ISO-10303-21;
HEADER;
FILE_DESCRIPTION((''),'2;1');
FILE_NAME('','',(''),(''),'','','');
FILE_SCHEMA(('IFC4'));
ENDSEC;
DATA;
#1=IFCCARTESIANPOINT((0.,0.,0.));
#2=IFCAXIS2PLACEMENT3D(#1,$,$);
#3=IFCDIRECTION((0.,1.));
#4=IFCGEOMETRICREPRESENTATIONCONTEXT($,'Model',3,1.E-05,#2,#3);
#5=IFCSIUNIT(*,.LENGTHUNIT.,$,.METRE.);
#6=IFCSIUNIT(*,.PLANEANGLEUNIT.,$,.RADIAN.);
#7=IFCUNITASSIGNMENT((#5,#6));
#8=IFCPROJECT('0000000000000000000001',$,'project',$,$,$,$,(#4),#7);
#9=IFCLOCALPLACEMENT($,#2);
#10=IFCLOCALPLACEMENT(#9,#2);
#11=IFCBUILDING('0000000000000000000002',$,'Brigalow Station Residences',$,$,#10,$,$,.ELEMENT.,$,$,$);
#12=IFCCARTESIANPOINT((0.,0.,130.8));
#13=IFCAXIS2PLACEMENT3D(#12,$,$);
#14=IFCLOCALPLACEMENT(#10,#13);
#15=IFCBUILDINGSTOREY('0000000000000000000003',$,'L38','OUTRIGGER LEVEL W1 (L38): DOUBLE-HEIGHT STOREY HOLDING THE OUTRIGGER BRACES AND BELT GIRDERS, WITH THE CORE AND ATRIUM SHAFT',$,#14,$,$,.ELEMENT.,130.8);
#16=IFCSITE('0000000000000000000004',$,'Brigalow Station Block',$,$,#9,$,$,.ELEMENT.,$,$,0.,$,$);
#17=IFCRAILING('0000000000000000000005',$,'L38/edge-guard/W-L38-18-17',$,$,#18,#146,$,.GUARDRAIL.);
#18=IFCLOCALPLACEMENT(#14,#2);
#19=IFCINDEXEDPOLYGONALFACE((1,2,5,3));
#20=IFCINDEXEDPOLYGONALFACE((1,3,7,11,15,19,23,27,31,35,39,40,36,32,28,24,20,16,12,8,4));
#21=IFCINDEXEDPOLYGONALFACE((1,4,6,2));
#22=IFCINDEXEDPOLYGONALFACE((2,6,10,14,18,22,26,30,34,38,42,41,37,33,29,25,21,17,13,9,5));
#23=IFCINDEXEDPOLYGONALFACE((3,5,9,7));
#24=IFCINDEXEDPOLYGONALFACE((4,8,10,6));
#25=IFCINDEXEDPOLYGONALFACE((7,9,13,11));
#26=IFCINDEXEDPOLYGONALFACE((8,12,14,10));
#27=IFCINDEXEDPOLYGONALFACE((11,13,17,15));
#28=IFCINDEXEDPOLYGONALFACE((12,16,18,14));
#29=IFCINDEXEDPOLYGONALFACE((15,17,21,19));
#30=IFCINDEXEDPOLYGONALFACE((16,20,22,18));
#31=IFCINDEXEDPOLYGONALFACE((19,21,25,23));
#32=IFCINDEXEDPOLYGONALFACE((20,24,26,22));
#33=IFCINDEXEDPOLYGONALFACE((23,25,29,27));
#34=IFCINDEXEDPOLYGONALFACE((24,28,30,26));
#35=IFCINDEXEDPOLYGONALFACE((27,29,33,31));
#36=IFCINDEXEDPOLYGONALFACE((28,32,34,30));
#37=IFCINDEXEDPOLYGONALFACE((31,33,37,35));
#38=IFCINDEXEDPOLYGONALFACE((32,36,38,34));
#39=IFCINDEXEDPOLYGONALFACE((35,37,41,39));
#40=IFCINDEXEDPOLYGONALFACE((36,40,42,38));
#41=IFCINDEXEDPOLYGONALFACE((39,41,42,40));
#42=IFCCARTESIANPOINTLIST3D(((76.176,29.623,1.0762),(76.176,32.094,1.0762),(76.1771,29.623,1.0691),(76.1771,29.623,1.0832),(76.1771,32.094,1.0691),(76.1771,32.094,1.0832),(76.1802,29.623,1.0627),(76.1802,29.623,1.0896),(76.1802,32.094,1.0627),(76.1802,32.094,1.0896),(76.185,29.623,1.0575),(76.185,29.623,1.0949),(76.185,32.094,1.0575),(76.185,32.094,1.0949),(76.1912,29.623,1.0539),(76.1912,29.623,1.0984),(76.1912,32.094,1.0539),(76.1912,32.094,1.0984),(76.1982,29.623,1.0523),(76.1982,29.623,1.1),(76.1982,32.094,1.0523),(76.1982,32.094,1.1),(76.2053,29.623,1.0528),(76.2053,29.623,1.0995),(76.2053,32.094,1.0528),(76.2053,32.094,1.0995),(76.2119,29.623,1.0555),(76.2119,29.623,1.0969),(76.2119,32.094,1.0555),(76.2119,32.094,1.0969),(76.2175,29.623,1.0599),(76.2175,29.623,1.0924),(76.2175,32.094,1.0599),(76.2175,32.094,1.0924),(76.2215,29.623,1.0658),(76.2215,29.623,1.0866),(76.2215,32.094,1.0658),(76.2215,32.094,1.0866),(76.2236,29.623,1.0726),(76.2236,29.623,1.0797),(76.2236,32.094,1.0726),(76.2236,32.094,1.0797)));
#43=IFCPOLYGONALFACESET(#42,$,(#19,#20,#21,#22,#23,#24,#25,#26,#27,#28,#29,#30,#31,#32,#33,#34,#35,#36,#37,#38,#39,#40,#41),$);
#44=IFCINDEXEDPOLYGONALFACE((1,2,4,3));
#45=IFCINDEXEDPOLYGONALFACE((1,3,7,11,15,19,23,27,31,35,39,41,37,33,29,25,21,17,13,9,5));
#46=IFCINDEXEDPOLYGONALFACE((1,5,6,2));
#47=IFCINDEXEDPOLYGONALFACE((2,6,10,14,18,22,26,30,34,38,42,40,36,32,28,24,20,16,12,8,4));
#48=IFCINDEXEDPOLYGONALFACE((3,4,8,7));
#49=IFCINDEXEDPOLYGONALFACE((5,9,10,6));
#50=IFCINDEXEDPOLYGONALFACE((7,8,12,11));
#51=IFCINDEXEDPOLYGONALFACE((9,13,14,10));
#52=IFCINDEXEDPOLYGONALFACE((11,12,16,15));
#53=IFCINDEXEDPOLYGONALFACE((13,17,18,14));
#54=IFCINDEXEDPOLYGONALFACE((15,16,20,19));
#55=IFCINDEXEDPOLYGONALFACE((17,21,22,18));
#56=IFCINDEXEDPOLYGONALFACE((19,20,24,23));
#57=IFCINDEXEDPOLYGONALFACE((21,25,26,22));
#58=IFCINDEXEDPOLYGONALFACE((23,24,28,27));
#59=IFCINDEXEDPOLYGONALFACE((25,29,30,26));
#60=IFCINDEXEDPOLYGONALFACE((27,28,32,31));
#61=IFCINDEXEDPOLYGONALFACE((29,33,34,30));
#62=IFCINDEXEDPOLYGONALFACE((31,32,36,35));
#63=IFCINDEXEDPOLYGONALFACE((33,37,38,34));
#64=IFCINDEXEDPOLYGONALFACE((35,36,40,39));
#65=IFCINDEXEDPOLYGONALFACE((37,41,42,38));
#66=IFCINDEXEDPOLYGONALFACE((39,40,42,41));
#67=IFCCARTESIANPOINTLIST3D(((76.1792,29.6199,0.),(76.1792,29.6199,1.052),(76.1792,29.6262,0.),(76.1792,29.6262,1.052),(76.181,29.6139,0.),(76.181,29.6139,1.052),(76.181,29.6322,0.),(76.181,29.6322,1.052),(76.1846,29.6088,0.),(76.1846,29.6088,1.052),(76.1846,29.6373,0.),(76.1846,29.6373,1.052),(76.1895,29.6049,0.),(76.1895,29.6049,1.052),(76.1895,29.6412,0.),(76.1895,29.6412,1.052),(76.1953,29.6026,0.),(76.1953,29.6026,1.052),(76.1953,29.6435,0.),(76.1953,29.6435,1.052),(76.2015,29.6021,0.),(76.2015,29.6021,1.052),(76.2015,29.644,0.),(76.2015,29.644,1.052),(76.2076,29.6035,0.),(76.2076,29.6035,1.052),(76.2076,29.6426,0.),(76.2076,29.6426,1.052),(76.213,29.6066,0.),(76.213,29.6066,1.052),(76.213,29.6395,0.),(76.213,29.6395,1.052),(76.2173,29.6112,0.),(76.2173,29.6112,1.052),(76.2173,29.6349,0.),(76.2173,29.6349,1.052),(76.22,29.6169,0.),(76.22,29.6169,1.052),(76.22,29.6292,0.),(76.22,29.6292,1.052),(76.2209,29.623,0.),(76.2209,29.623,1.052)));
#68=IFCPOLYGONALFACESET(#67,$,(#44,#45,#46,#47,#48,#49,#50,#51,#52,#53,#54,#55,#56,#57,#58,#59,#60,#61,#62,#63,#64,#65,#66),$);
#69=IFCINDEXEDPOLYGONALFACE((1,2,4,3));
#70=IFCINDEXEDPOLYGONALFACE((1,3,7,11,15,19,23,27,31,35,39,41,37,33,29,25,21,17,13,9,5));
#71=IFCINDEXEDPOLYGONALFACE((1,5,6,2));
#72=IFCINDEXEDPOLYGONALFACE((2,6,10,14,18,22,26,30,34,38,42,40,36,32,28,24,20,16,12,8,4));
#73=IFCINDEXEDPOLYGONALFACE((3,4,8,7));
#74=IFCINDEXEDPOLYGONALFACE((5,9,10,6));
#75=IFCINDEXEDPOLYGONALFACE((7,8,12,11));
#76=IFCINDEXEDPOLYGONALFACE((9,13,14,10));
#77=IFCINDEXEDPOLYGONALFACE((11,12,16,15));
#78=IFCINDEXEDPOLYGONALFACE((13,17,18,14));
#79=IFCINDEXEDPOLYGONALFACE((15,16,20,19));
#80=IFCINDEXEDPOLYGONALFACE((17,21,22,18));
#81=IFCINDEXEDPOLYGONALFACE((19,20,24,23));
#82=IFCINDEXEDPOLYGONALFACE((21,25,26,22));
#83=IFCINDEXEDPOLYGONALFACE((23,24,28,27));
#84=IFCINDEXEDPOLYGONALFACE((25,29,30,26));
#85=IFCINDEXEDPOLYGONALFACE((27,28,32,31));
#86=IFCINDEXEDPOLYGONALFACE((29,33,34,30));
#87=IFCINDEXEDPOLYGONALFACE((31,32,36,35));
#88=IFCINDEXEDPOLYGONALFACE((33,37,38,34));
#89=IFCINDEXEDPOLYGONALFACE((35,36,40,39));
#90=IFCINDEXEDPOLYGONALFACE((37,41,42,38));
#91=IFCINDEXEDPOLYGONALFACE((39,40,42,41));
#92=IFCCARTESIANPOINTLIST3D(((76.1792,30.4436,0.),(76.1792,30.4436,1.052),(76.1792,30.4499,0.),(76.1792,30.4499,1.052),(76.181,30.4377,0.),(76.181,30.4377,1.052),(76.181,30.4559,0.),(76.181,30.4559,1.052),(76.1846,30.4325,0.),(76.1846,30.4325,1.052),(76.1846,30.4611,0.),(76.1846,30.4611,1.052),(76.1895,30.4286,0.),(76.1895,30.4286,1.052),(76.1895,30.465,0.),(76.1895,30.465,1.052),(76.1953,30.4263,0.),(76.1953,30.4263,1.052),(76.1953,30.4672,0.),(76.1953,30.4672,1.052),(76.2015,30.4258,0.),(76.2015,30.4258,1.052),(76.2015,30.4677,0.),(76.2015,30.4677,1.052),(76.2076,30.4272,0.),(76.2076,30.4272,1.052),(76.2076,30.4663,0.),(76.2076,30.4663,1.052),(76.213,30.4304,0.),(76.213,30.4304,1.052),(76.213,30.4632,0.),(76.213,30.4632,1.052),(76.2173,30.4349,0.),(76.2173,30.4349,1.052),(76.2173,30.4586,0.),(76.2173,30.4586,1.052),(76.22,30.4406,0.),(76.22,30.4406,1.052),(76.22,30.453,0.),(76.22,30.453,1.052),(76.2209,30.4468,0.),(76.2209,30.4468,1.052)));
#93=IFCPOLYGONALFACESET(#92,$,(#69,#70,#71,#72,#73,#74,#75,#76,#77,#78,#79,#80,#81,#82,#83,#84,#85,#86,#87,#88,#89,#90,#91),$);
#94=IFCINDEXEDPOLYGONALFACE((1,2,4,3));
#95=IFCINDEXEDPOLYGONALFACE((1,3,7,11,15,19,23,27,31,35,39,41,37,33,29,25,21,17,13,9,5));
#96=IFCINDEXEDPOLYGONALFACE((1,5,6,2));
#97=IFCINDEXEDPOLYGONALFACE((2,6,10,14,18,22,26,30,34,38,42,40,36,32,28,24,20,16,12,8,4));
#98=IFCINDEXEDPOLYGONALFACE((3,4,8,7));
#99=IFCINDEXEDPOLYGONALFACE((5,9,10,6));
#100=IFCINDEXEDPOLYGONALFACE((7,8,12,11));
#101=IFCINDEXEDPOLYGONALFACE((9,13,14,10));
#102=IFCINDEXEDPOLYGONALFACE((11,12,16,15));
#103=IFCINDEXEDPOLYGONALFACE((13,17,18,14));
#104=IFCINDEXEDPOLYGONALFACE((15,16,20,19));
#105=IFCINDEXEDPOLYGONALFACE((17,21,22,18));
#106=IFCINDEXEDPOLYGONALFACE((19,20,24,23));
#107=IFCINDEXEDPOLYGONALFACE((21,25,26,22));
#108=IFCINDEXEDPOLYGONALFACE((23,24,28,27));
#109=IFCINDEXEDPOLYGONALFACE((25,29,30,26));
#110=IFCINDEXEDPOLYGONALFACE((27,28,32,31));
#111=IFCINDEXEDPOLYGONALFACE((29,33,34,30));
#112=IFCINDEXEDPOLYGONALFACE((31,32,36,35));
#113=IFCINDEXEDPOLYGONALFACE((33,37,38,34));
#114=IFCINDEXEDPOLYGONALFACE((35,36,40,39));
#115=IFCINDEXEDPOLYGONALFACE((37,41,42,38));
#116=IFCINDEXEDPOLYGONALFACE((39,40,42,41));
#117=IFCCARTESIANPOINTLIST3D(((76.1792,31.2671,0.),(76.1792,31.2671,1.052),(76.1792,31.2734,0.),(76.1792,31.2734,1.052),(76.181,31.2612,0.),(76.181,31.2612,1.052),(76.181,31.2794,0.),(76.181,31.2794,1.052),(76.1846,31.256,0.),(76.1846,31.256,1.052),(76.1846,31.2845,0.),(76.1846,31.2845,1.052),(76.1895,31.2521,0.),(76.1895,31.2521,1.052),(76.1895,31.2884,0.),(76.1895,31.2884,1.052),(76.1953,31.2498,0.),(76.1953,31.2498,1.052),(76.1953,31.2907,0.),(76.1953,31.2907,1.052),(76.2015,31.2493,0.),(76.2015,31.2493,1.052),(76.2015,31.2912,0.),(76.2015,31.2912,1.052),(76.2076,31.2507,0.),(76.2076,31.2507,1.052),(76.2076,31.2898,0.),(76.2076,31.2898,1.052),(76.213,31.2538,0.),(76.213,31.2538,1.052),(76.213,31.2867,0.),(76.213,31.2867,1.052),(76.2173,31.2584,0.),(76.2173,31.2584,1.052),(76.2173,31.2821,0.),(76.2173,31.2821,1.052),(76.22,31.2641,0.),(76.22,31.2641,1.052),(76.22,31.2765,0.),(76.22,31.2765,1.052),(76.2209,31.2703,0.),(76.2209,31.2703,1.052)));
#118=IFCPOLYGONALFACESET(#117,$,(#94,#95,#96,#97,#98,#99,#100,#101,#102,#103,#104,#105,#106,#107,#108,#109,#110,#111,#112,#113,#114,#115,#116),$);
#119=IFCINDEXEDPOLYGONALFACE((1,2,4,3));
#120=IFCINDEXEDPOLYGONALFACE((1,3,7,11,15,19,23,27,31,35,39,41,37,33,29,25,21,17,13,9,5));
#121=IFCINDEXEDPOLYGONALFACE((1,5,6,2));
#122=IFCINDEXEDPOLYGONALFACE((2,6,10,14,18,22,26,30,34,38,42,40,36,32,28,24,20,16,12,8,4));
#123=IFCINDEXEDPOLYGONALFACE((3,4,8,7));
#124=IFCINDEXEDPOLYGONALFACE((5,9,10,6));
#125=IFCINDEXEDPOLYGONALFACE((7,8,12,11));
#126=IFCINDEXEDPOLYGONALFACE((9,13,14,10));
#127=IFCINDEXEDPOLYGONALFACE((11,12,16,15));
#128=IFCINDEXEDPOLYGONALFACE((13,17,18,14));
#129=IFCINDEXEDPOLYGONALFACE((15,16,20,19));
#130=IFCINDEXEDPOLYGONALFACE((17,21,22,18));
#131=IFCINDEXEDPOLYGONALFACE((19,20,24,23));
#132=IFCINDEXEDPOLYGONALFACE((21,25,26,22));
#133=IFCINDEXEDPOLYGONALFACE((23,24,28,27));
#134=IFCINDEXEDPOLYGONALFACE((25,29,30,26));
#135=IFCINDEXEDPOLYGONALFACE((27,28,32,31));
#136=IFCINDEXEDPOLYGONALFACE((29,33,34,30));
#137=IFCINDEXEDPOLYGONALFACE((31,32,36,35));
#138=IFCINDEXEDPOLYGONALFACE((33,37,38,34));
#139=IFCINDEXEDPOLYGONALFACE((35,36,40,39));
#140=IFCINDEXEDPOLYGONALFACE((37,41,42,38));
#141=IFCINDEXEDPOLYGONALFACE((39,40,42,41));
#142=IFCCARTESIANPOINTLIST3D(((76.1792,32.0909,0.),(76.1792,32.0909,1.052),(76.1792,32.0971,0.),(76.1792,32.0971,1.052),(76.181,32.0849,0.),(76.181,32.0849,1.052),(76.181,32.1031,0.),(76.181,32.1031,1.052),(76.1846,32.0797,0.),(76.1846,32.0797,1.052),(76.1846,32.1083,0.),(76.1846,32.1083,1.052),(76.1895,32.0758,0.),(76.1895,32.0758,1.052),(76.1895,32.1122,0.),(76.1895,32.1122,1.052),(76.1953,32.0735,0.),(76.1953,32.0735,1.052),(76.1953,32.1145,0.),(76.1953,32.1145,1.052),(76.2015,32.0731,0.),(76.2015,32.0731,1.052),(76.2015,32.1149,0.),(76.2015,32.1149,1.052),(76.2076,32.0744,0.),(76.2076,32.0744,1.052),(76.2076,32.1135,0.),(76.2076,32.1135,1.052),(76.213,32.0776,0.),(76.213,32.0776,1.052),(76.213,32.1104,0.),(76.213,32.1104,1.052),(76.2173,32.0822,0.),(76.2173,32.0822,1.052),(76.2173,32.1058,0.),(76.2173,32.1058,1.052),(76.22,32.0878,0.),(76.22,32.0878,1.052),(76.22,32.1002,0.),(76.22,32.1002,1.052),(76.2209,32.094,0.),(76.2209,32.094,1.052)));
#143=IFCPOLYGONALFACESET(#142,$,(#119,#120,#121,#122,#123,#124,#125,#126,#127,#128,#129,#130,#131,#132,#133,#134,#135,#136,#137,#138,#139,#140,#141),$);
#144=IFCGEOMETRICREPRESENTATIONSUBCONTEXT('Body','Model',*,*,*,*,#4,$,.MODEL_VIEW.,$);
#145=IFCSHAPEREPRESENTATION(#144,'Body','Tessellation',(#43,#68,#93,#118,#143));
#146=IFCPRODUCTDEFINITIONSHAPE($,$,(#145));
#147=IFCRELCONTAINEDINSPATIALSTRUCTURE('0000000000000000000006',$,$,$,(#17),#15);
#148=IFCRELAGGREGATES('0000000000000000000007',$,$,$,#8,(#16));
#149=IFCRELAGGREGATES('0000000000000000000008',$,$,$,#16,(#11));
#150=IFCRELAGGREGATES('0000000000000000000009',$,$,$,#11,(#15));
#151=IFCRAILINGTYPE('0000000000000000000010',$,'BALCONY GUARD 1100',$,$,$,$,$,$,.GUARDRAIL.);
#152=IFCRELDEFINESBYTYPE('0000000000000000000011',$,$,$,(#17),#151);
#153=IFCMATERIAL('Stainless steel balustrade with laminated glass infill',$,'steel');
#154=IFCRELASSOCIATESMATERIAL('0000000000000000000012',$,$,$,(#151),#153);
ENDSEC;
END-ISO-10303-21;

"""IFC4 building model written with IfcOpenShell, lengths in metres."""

from ifc_helpers import new_model, si_unit, direction, frame, origin, origin_2d, place, context, subcontext, project, spatial, circle, extrude, material, type_object, element, save


model = new_model("IFC4")

# Units and contexts
model_context = context("Model", 3, precision=1e-05, world=origin(), true_north=direction((0.0, 1.0)))
body_context = subcontext(model_context, "Body", "Model", "MODEL_VIEW")
ifc_project = project(units=[si_unit("LENGTHUNIT", "METRE"), si_unit("PLANEANGLEUNIT", "RADIAN")], contexts=[model_context])

# Site, building, storey
site_placement = place(None, origin())
site = spatial("IfcSite", under=ifc_project, at=site_placement, Name="Brigalow Station Block", CompositionType="ELEMENT", RefElevation=0.0)
building_placement = place(site_placement, origin())
building = spatial("IfcBuilding", under=site, at=building_placement, Name="Brigalow Station Residences", CompositionType="ELEMENT")
storey_placement = place(building_placement, frame((0.0, 0.0, 130.8)))
storey = spatial("IfcBuildingStorey", under=building, at=storey_placement, Name="L38", Description="OUTRIGGER LEVEL W1 (L38): DOUBLE-HEIGHT STOREY HOLDING THE OUTRIGGER BRACES AND BELT GIRDERS, WITH THE CORE AND ATRIUM SHAFT", CompositionType="ELEMENT", Elevation=130.8)

# Railing
ifc_material_1 = material(Name="Stainless steel balustrade with laminated glass infill", Category="steel")
railing_type_1 = type_object("IfcRailingType", Name="BALCONY GUARD 1100", PredefinedType="GUARDRAIL", material=ifc_material_1)
railing_1_placement = place(storey_placement, frame((76.2, 29.623, 0.0)))
element("IfcRailing", 1, at=railing_1_placement, inside=storey, type_object=railing_type_1, Name="L38/edge-guard/W-L38-18-17", PredefinedType="GUARDRAIL", context=body_context, shape_type="SweptSolid", body=[
    extrude(circle(Radius=0.0239, at=origin_2d()), frame((0.0, 0.0, 1.0762), z_axis=(0.0, 1.0, 0.0), x_axis=(-1.0, 0.0, 0.0)), (0.0, 0.0, 1.0), 2.4709),
    extrude(circle(Radius=0.021, at=origin_2d()), origin(), (0.0, 0.0, 1.0), 1.052),
    extrude(circle(Radius=0.021, at=origin_2d()), frame((0.0, 0.8237, 0.0)), (0.0, 0.0, 1.0), 1.052),
    extrude(circle(Radius=0.021, at=origin_2d()), frame((0.0, 1.6472, 0.0)), (0.0, 0.0, 1.0), 1.052),
    extrude(circle(Radius=0.021, at=origin_2d()), frame((0.0, 2.4709, 0.0)), (0.0, 0.0, 1.0), 1.052),
])

save(model, "model.ifc")
